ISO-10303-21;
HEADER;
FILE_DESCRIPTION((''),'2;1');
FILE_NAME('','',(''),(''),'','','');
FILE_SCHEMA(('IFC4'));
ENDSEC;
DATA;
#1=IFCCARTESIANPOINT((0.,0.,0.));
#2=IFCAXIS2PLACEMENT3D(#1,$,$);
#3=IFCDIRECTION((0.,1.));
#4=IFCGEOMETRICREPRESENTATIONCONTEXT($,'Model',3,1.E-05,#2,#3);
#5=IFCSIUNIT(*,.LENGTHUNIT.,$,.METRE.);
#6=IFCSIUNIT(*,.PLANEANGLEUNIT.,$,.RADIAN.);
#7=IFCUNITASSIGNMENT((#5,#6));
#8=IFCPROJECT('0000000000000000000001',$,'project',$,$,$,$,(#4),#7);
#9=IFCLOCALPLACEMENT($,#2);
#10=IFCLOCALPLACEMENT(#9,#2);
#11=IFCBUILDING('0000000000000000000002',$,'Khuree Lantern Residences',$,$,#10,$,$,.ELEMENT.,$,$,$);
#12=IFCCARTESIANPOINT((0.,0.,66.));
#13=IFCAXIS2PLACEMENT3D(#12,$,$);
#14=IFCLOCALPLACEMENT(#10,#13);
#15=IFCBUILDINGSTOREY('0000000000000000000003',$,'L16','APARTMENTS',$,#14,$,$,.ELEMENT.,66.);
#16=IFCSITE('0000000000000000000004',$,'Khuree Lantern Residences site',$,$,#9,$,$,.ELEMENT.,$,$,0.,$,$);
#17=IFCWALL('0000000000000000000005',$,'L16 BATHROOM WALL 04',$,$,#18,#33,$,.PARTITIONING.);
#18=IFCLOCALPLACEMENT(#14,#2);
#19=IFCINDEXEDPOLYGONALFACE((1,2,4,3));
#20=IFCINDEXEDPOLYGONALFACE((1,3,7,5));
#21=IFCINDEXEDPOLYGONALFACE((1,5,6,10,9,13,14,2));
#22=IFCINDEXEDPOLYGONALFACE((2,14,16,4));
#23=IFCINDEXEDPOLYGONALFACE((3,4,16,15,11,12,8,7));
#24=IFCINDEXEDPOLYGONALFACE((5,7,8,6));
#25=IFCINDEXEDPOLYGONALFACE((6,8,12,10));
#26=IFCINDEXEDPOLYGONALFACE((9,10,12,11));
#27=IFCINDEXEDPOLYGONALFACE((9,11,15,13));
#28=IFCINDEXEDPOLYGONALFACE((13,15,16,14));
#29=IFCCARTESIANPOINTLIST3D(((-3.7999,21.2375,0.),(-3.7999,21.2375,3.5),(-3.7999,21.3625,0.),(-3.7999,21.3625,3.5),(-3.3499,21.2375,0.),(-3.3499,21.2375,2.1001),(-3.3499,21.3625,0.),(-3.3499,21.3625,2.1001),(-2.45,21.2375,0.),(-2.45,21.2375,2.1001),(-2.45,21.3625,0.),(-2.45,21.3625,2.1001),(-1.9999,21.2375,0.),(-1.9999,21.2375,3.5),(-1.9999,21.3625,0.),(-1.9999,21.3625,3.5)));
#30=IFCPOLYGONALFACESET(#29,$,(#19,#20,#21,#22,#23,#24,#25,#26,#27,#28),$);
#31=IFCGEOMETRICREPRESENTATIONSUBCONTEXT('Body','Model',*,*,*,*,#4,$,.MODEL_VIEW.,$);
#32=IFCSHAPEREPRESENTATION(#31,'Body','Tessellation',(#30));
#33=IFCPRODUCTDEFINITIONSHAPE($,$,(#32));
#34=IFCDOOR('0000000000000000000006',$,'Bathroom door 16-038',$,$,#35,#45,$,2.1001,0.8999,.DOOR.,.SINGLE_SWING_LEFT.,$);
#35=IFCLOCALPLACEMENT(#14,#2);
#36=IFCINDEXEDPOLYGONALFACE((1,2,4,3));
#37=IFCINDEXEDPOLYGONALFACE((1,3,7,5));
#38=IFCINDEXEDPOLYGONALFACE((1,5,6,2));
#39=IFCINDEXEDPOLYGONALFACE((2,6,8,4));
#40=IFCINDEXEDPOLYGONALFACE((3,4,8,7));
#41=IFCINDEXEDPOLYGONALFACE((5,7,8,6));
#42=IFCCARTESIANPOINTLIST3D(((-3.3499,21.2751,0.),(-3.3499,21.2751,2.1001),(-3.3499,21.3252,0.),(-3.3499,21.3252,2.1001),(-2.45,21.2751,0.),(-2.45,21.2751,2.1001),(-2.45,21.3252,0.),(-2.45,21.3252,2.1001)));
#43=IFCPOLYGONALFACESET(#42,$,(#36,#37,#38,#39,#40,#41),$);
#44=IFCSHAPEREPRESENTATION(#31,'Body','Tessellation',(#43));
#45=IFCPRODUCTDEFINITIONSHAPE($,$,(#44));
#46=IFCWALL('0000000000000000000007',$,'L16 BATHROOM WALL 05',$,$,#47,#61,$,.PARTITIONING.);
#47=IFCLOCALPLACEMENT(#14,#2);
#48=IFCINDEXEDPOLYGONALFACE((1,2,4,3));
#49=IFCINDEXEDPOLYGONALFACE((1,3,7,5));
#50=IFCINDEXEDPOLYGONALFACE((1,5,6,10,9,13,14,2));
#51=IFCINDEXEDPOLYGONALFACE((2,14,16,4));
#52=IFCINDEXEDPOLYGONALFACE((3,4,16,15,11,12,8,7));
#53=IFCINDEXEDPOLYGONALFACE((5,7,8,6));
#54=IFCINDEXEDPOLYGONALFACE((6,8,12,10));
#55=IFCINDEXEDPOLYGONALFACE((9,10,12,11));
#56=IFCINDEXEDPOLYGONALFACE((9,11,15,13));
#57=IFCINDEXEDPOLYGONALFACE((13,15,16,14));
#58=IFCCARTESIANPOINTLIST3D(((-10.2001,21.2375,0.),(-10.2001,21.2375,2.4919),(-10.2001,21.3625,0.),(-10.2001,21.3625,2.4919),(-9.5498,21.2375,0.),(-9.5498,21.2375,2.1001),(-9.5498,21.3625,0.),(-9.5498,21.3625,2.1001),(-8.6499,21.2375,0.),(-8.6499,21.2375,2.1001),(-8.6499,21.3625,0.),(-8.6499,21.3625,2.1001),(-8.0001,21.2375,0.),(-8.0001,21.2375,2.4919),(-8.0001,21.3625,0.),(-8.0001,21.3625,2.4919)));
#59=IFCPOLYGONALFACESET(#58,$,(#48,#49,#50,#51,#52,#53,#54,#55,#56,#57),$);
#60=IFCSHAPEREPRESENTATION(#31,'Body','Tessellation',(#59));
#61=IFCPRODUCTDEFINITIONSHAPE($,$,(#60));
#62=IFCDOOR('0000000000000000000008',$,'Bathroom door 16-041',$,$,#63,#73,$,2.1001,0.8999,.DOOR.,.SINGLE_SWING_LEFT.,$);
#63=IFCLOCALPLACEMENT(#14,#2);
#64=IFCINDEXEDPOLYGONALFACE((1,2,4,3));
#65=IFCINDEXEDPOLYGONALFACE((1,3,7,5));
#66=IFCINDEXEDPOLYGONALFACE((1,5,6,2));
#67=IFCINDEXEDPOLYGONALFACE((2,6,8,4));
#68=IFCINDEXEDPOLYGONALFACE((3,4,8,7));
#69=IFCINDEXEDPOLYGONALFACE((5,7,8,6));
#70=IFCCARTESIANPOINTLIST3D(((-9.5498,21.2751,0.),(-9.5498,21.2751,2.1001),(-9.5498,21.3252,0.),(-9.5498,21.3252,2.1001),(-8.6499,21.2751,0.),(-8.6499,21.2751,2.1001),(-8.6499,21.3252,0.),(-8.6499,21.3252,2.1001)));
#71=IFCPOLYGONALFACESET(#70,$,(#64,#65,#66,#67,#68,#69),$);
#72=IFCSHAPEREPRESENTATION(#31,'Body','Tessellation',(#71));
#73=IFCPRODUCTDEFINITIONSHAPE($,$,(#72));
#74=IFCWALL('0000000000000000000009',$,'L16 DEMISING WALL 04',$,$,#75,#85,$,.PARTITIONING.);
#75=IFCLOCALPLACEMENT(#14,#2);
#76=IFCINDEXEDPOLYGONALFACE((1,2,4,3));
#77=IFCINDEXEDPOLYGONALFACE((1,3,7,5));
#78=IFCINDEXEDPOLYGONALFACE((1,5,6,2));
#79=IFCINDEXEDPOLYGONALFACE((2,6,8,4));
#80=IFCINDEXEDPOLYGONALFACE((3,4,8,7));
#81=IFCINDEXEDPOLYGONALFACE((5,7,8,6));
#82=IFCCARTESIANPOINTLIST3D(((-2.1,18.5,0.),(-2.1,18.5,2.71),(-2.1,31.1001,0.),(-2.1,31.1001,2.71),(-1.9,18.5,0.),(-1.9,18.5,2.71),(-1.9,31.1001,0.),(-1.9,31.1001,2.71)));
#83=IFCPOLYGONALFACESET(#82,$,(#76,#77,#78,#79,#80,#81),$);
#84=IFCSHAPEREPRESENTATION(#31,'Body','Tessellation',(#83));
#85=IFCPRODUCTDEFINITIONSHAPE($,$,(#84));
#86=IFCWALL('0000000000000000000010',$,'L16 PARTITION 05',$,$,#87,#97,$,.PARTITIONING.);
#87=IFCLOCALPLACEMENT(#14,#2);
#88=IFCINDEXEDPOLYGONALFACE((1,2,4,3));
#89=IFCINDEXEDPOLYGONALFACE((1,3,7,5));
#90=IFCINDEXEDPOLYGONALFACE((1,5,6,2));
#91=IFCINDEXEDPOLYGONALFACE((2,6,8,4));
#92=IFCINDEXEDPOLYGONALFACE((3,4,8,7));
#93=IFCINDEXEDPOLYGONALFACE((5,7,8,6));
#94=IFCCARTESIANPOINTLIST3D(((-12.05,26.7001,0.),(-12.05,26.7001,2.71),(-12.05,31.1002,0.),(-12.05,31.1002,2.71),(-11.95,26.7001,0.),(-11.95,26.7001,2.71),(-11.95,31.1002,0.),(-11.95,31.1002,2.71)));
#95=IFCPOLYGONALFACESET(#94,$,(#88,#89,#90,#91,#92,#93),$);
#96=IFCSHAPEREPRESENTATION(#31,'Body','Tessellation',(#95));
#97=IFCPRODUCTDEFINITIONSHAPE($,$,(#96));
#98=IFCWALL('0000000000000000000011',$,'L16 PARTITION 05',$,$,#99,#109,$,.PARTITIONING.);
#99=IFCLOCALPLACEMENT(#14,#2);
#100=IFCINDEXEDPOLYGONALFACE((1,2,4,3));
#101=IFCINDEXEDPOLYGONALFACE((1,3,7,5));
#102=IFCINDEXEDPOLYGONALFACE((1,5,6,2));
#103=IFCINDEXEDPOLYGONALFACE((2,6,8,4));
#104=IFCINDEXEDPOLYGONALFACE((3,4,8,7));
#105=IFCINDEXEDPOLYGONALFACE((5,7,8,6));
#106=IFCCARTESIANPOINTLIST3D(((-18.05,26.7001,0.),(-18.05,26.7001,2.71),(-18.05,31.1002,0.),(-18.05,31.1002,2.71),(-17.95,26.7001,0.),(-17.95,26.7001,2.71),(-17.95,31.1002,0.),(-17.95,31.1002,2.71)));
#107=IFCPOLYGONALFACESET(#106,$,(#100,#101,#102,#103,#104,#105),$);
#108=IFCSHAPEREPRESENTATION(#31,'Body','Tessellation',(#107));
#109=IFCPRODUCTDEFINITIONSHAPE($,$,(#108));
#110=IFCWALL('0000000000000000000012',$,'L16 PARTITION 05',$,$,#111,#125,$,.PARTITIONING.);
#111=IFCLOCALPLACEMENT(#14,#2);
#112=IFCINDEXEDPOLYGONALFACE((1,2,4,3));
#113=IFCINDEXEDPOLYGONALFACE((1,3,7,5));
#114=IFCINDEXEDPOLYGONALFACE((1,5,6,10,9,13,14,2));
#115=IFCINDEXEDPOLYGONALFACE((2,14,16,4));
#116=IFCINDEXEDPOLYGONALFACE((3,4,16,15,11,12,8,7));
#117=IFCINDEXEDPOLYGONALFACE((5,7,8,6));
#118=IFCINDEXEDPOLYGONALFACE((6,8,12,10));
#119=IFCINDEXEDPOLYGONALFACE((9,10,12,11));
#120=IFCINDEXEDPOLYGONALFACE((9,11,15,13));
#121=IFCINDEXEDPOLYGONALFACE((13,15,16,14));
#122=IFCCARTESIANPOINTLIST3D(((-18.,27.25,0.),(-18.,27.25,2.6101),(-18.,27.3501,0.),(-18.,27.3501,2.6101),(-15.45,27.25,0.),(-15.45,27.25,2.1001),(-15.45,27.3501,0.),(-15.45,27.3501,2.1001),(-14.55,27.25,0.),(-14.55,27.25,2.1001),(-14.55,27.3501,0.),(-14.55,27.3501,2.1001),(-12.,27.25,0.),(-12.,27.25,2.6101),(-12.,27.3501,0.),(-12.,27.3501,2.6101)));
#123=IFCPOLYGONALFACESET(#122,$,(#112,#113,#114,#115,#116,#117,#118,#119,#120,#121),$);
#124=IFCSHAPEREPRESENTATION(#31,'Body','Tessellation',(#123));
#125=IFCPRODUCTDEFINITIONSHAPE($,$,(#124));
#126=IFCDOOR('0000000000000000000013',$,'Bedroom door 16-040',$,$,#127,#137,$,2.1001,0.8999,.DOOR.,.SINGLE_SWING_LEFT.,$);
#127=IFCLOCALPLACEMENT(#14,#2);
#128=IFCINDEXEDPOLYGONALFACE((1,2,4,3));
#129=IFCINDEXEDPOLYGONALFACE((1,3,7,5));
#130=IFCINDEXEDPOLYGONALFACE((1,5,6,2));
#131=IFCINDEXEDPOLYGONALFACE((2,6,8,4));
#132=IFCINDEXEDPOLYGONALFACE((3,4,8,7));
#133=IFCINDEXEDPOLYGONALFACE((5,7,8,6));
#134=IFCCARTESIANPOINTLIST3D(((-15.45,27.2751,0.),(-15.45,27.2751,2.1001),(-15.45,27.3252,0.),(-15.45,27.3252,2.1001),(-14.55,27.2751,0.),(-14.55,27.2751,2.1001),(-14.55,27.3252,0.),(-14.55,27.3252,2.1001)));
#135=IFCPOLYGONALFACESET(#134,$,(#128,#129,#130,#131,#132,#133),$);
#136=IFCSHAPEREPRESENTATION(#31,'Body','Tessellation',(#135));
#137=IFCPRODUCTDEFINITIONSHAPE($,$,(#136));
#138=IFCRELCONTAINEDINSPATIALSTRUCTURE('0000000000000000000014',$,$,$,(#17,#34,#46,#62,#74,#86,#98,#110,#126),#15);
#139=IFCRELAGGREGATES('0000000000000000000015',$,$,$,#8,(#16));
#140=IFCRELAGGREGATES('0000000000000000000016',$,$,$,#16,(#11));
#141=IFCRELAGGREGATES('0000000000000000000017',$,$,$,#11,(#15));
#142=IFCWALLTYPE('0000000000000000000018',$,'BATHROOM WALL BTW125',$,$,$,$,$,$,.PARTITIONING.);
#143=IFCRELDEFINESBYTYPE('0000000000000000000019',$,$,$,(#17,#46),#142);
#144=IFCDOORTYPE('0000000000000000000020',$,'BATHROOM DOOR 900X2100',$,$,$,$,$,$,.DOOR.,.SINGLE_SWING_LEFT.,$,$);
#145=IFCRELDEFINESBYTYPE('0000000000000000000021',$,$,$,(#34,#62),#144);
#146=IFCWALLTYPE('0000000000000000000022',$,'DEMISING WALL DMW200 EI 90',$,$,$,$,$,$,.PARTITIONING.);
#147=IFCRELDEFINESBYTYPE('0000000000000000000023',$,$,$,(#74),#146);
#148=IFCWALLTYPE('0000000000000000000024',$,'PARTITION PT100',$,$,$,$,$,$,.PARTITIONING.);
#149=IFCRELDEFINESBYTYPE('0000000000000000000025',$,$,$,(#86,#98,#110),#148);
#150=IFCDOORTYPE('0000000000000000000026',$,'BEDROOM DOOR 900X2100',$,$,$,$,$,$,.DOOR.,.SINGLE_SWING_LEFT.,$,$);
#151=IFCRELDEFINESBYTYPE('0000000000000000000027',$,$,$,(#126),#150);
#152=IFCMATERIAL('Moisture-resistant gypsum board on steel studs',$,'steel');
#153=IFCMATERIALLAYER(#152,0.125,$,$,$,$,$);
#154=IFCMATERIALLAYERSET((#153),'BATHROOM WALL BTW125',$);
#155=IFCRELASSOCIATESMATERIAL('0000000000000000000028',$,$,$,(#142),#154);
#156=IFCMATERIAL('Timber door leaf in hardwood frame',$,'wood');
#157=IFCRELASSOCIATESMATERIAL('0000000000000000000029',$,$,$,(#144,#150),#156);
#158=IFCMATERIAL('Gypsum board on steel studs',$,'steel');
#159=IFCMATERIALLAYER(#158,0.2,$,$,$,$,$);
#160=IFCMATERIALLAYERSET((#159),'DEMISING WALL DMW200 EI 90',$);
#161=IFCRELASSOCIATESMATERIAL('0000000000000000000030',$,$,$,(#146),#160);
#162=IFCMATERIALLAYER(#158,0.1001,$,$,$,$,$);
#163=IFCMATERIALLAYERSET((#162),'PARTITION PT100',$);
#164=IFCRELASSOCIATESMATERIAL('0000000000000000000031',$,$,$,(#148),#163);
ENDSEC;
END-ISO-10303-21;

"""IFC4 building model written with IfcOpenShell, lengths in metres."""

from ifc_helpers import new_model, si_unit, direction, frame, frame_2d, origin, place, context, subcontext, project, spatial, rectangle, extrude, material, layer, layer_set, type_object, element, fill, save


model = new_model("IFC4")

# Units and contexts
model_context = context("Model", 3, precision=1e-05, world=origin(), true_north=direction((0.0, 1.0)))
body_context = subcontext(model_context, "Body", "Model", "MODEL_VIEW")
ifc_project = project(units=[si_unit("LENGTHUNIT", "METRE"), si_unit("PLANEANGLEUNIT", "RADIAN")], contexts=[model_context])

# Site, building, storey
site_placement = place(None, origin())
site = spatial("IfcSite", under=ifc_project, at=site_placement, Name="Khuree Lantern Residences site", CompositionType="ELEMENT", RefElevation=0.0)
building_placement = place(site_placement, origin())
building = spatial("IfcBuilding", under=site, at=building_placement, Name="Khuree Lantern Residences", CompositionType="ELEMENT")
storey_placement = place(building_placement, frame((0.0, 0.0, 66.0)))
storey = spatial("IfcBuildingStorey", under=building, at=storey_placement, Name="L16", Description="APARTMENTS", CompositionType="ELEMENT", Elevation=66.0)

# Walls, openings, doors
ifc_material_1 = material(Name="Moisture-resistant gypsum board on steel studs", Category="steel")
ifc_layer_1 = layer(ifc_material_1, 0.125)
ifc_layer_set_1 = layer_set([ifc_layer_1], Name="BATHROOM WALL BTW125")
wall_type_1 = type_object("IfcWallType", Name="BATHROOM WALL BTW125", PredefinedType="PARTITIONING", material=ifc_layer_set_1)
wall_1_placement = place(storey_placement, frame((-2.0, 21.3, 0.0), z_axis=(0.0, 0.0, 1.0), x_axis=(-1.0, 0.0, 0.0)))
wall_1 = element("IfcWall", 1, at=wall_1_placement, inside=storey, type_object=wall_type_1, Name="L16 BATHROOM WALL 04", PredefinedType="PARTITIONING", context=body_context, shape_type="SweptSolid", body=[
    extrude(rectangle(XDim=1.8, YDim=0.125, at=frame_2d((0.8999, 0.0))), origin(), (0.0, 0.0, 1.0), 3.5),
])
opening_1_placement = place(wall_1_placement, frame((0.45, 0.0, 0.0)))
opening_1 = element("IfcOpeningElement", 2, at=opening_1_placement, cuts=wall_1, PredefinedType="OPENING", context=body_context, shape_type="SweptSolid", body=[
    extrude(rectangle(XDim=0.8999, YDim=2.1001, at=frame_2d((0.45, 1.05))), frame((0.0, 0.0725, 0.0), z_axis=(0.0, -1.0, 0.0), x_axis=(1.0, 0.0, 0.0)), (0.0, 0.0, 1.0), 0.145),
])
ifc_material_2 = material(Name="Timber door leaf in hardwood frame", Category="wood")
door_type_1 = type_object("IfcDoorType", Name="BATHROOM DOOR 900X2100", OperationType="SINGLE_SWING_LEFT", PredefinedType="DOOR", material=ifc_material_2)
door_1_placement = place(opening_1_placement, origin())
door_1 = element("IfcDoor", 3, at=door_1_placement, inside=storey, type_object=door_type_1, Name="Bathroom door 16-038", OperationType="SINGLE_SWING_LEFT", OverallHeight=2.1001, OverallWidth=0.8999, PredefinedType="DOOR", context=body_context, shape_type="SweptSolid", body=[
    extrude(rectangle(XDim=0.8999, YDim=2.1001, at=frame_2d((0.45, 1.05))), frame((0.0, 0.0249, 0.0), z_axis=(0.0, -1.0, 0.0), x_axis=(1.0, 0.0, 0.0)), (0.0, 0.0, 1.0), 0.05),
])
fill(opening_1, door_1)
wall_2_placement = place(storey_placement, frame((-8.0, 21.3, 0.0), z_axis=(0.0, 0.0, 1.0), x_axis=(-1.0, 0.0, 0.0)))
wall_2 = element("IfcWall", 4, at=wall_2_placement, inside=storey, type_object=wall_type_1, Name="L16 BATHROOM WALL 05", PredefinedType="PARTITIONING", context=body_context, shape_type="SweptSolid", body=[
    extrude(rectangle(XDim=2.2, YDim=0.125, at=frame_2d((1.1001, 0.0))), origin(), (0.0, 0.0, 1.0), 2.4919),
])
opening_2_placement = place(wall_2_placement, frame((0.6499, 0.0, 0.0)))
opening_2 = element("IfcOpeningElement", 5, at=opening_2_placement, cuts=wall_2, PredefinedType="OPENING", context=body_context, shape_type="SweptSolid", body=[
    extrude(rectangle(XDim=0.8999, YDim=2.1001, at=frame_2d((0.45, 1.05))), frame((0.0, 0.0725, 0.0), z_axis=(0.0, -1.0, 0.0), x_axis=(1.0, 0.0, 0.0)), (0.0, 0.0, 1.0), 0.145),
])
door_2_placement = place(opening_2_placement, origin())
door_2 = element("IfcDoor", 6, at=door_2_placement, inside=storey, type_object=door_type_1, Name="Bathroom door 16-041", OperationType="SINGLE_SWING_LEFT", OverallHeight=2.1001, OverallWidth=0.8999, PredefinedType="DOOR", context=body_context, shape_type="SweptSolid", body=[
    extrude(rectangle(XDim=0.8999, YDim=2.1001, at=frame_2d((0.45, 1.05))), frame((0.0, 0.0249, 0.0), z_axis=(0.0, -1.0, 0.0), x_axis=(1.0, 0.0, 0.0)), (0.0, 0.0, 1.0), 0.05),
])
fill(opening_2, door_2)

# Walls
ifc_material_3 = material(Name="Gypsum board on steel studs", Category="steel")
ifc_layer_2 = layer(ifc_material_3, 0.2)
ifc_layer_set_2 = layer_set([ifc_layer_2], Name="DEMISING WALL DMW200 EI 90")
wall_type_2 = type_object("IfcWallType", Name="DEMISING WALL DMW200 EI 90", PredefinedType="PARTITIONING", material=ifc_layer_set_2)
wall_3_placement = place(storey_placement, frame((-2.0, 18.5, 0.0), z_axis=(0.0, 0.0, 1.0), x_axis=(0.0, 1.0, 0.0)))
element("IfcWall", 7, at=wall_3_placement, inside=storey, type_object=wall_type_2, Name="L16 DEMISING WALL 04", PredefinedType="PARTITIONING", context=body_context, shape_type="SweptSolid", body=[
    extrude(rectangle(XDim=12.6001, YDim=0.2, at=frame_2d((6.3, 0.0))), origin(), (0.0, 0.0, 1.0), 2.71),
])
ifc_layer_3 = layer(ifc_material_3, 0.1001)
ifc_layer_set_3 = layer_set([ifc_layer_3], Name="PARTITION PT100")
wall_type_3 = type_object("IfcWallType", Name="PARTITION PT100", PredefinedType="PARTITIONING", material=ifc_layer_set_3)
for number, where, z_axis, x_axis, name in (
    (8, (-12.0, 26.7, 0.0), (0.0, 0.0, 1.0), (0.0, 1.0, 0.0), "L16 PARTITION 05"),
    (9, (-18.0, 26.7, 0.0), (0.0, 0.0, 1.0), (0.0, 1.0, 0.0), "L16 PARTITION 05"),
):
    element("IfcWall", number, at=place(storey_placement, frame(where, z_axis=z_axis, x_axis=x_axis)), inside=storey, type_object=wall_type_3, Name=name, PredefinedType="PARTITIONING", context=body_context, shape_type="SweptSolid", body=[
        extrude(rectangle(XDim=4.4001, YDim=0.1001, at=frame_2d((2.2002, 0.0))), origin(), (0.0, 0.0, 1.0), 2.71),
    ])

# Wall, opening, door
wall_4_placement = place(storey_placement, frame((-12.0, 27.3, 0.0), z_axis=(0.0, 0.0, 1.0), x_axis=(-1.0, 0.0, 0.0)))
wall_4 = element("IfcWall", 10, at=wall_4_placement, inside=storey, type_object=wall_type_3, Name="L16 PARTITION 05", PredefinedType="PARTITIONING", context=body_context, shape_type="SweptSolid", body=[
    extrude(rectangle(XDim=6.0, YDim=0.1001, at=frame_2d((3.0, 0.0))), origin(), (0.0, 0.0, 1.0), 2.6101),
])
opening_3_placement = place(wall_4_placement, frame((2.55, 0.0, 0.0)))
opening_3 = element("IfcOpeningElement", 11, at=opening_3_placement, cuts=wall_4, PredefinedType="OPENING", context=body_context, shape_type="SweptSolid", body=[
    extrude(rectangle(XDim=0.8999, YDim=2.1001, at=frame_2d((0.45, 1.05))), frame((0.0, 0.0601, 0.0), z_axis=(0.0, -1.0, 0.0), x_axis=(1.0, 0.0, 0.0)), (0.0, 0.0, 1.0), 0.1201),
])
door_type_2 = type_object("IfcDoorType", Name="BEDROOM DOOR 900X2100", OperationType="SINGLE_SWING_LEFT", PredefinedType="DOOR", material=ifc_material_2)
door_3_placement = place(opening_3_placement, origin())
door_3 = element("IfcDoor", 12, at=door_3_placement, inside=storey, type_object=door_type_2, Name="Bedroom door 16-040", OperationType="SINGLE_SWING_LEFT", OverallHeight=2.1001, OverallWidth=0.8999, PredefinedType="DOOR", context=body_context, shape_type="SweptSolid", body=[
    extrude(rectangle(XDim=0.8999, YDim=2.1001, at=frame_2d((0.45, 1.05))), frame((0.0, 0.0249, 0.0), z_axis=(0.0, -1.0, 0.0), x_axis=(1.0, 0.0, 0.0)), (0.0, 0.0, 1.0), 0.05),
])
fill(opening_3, door_3)

save(model, "model.ifc")
